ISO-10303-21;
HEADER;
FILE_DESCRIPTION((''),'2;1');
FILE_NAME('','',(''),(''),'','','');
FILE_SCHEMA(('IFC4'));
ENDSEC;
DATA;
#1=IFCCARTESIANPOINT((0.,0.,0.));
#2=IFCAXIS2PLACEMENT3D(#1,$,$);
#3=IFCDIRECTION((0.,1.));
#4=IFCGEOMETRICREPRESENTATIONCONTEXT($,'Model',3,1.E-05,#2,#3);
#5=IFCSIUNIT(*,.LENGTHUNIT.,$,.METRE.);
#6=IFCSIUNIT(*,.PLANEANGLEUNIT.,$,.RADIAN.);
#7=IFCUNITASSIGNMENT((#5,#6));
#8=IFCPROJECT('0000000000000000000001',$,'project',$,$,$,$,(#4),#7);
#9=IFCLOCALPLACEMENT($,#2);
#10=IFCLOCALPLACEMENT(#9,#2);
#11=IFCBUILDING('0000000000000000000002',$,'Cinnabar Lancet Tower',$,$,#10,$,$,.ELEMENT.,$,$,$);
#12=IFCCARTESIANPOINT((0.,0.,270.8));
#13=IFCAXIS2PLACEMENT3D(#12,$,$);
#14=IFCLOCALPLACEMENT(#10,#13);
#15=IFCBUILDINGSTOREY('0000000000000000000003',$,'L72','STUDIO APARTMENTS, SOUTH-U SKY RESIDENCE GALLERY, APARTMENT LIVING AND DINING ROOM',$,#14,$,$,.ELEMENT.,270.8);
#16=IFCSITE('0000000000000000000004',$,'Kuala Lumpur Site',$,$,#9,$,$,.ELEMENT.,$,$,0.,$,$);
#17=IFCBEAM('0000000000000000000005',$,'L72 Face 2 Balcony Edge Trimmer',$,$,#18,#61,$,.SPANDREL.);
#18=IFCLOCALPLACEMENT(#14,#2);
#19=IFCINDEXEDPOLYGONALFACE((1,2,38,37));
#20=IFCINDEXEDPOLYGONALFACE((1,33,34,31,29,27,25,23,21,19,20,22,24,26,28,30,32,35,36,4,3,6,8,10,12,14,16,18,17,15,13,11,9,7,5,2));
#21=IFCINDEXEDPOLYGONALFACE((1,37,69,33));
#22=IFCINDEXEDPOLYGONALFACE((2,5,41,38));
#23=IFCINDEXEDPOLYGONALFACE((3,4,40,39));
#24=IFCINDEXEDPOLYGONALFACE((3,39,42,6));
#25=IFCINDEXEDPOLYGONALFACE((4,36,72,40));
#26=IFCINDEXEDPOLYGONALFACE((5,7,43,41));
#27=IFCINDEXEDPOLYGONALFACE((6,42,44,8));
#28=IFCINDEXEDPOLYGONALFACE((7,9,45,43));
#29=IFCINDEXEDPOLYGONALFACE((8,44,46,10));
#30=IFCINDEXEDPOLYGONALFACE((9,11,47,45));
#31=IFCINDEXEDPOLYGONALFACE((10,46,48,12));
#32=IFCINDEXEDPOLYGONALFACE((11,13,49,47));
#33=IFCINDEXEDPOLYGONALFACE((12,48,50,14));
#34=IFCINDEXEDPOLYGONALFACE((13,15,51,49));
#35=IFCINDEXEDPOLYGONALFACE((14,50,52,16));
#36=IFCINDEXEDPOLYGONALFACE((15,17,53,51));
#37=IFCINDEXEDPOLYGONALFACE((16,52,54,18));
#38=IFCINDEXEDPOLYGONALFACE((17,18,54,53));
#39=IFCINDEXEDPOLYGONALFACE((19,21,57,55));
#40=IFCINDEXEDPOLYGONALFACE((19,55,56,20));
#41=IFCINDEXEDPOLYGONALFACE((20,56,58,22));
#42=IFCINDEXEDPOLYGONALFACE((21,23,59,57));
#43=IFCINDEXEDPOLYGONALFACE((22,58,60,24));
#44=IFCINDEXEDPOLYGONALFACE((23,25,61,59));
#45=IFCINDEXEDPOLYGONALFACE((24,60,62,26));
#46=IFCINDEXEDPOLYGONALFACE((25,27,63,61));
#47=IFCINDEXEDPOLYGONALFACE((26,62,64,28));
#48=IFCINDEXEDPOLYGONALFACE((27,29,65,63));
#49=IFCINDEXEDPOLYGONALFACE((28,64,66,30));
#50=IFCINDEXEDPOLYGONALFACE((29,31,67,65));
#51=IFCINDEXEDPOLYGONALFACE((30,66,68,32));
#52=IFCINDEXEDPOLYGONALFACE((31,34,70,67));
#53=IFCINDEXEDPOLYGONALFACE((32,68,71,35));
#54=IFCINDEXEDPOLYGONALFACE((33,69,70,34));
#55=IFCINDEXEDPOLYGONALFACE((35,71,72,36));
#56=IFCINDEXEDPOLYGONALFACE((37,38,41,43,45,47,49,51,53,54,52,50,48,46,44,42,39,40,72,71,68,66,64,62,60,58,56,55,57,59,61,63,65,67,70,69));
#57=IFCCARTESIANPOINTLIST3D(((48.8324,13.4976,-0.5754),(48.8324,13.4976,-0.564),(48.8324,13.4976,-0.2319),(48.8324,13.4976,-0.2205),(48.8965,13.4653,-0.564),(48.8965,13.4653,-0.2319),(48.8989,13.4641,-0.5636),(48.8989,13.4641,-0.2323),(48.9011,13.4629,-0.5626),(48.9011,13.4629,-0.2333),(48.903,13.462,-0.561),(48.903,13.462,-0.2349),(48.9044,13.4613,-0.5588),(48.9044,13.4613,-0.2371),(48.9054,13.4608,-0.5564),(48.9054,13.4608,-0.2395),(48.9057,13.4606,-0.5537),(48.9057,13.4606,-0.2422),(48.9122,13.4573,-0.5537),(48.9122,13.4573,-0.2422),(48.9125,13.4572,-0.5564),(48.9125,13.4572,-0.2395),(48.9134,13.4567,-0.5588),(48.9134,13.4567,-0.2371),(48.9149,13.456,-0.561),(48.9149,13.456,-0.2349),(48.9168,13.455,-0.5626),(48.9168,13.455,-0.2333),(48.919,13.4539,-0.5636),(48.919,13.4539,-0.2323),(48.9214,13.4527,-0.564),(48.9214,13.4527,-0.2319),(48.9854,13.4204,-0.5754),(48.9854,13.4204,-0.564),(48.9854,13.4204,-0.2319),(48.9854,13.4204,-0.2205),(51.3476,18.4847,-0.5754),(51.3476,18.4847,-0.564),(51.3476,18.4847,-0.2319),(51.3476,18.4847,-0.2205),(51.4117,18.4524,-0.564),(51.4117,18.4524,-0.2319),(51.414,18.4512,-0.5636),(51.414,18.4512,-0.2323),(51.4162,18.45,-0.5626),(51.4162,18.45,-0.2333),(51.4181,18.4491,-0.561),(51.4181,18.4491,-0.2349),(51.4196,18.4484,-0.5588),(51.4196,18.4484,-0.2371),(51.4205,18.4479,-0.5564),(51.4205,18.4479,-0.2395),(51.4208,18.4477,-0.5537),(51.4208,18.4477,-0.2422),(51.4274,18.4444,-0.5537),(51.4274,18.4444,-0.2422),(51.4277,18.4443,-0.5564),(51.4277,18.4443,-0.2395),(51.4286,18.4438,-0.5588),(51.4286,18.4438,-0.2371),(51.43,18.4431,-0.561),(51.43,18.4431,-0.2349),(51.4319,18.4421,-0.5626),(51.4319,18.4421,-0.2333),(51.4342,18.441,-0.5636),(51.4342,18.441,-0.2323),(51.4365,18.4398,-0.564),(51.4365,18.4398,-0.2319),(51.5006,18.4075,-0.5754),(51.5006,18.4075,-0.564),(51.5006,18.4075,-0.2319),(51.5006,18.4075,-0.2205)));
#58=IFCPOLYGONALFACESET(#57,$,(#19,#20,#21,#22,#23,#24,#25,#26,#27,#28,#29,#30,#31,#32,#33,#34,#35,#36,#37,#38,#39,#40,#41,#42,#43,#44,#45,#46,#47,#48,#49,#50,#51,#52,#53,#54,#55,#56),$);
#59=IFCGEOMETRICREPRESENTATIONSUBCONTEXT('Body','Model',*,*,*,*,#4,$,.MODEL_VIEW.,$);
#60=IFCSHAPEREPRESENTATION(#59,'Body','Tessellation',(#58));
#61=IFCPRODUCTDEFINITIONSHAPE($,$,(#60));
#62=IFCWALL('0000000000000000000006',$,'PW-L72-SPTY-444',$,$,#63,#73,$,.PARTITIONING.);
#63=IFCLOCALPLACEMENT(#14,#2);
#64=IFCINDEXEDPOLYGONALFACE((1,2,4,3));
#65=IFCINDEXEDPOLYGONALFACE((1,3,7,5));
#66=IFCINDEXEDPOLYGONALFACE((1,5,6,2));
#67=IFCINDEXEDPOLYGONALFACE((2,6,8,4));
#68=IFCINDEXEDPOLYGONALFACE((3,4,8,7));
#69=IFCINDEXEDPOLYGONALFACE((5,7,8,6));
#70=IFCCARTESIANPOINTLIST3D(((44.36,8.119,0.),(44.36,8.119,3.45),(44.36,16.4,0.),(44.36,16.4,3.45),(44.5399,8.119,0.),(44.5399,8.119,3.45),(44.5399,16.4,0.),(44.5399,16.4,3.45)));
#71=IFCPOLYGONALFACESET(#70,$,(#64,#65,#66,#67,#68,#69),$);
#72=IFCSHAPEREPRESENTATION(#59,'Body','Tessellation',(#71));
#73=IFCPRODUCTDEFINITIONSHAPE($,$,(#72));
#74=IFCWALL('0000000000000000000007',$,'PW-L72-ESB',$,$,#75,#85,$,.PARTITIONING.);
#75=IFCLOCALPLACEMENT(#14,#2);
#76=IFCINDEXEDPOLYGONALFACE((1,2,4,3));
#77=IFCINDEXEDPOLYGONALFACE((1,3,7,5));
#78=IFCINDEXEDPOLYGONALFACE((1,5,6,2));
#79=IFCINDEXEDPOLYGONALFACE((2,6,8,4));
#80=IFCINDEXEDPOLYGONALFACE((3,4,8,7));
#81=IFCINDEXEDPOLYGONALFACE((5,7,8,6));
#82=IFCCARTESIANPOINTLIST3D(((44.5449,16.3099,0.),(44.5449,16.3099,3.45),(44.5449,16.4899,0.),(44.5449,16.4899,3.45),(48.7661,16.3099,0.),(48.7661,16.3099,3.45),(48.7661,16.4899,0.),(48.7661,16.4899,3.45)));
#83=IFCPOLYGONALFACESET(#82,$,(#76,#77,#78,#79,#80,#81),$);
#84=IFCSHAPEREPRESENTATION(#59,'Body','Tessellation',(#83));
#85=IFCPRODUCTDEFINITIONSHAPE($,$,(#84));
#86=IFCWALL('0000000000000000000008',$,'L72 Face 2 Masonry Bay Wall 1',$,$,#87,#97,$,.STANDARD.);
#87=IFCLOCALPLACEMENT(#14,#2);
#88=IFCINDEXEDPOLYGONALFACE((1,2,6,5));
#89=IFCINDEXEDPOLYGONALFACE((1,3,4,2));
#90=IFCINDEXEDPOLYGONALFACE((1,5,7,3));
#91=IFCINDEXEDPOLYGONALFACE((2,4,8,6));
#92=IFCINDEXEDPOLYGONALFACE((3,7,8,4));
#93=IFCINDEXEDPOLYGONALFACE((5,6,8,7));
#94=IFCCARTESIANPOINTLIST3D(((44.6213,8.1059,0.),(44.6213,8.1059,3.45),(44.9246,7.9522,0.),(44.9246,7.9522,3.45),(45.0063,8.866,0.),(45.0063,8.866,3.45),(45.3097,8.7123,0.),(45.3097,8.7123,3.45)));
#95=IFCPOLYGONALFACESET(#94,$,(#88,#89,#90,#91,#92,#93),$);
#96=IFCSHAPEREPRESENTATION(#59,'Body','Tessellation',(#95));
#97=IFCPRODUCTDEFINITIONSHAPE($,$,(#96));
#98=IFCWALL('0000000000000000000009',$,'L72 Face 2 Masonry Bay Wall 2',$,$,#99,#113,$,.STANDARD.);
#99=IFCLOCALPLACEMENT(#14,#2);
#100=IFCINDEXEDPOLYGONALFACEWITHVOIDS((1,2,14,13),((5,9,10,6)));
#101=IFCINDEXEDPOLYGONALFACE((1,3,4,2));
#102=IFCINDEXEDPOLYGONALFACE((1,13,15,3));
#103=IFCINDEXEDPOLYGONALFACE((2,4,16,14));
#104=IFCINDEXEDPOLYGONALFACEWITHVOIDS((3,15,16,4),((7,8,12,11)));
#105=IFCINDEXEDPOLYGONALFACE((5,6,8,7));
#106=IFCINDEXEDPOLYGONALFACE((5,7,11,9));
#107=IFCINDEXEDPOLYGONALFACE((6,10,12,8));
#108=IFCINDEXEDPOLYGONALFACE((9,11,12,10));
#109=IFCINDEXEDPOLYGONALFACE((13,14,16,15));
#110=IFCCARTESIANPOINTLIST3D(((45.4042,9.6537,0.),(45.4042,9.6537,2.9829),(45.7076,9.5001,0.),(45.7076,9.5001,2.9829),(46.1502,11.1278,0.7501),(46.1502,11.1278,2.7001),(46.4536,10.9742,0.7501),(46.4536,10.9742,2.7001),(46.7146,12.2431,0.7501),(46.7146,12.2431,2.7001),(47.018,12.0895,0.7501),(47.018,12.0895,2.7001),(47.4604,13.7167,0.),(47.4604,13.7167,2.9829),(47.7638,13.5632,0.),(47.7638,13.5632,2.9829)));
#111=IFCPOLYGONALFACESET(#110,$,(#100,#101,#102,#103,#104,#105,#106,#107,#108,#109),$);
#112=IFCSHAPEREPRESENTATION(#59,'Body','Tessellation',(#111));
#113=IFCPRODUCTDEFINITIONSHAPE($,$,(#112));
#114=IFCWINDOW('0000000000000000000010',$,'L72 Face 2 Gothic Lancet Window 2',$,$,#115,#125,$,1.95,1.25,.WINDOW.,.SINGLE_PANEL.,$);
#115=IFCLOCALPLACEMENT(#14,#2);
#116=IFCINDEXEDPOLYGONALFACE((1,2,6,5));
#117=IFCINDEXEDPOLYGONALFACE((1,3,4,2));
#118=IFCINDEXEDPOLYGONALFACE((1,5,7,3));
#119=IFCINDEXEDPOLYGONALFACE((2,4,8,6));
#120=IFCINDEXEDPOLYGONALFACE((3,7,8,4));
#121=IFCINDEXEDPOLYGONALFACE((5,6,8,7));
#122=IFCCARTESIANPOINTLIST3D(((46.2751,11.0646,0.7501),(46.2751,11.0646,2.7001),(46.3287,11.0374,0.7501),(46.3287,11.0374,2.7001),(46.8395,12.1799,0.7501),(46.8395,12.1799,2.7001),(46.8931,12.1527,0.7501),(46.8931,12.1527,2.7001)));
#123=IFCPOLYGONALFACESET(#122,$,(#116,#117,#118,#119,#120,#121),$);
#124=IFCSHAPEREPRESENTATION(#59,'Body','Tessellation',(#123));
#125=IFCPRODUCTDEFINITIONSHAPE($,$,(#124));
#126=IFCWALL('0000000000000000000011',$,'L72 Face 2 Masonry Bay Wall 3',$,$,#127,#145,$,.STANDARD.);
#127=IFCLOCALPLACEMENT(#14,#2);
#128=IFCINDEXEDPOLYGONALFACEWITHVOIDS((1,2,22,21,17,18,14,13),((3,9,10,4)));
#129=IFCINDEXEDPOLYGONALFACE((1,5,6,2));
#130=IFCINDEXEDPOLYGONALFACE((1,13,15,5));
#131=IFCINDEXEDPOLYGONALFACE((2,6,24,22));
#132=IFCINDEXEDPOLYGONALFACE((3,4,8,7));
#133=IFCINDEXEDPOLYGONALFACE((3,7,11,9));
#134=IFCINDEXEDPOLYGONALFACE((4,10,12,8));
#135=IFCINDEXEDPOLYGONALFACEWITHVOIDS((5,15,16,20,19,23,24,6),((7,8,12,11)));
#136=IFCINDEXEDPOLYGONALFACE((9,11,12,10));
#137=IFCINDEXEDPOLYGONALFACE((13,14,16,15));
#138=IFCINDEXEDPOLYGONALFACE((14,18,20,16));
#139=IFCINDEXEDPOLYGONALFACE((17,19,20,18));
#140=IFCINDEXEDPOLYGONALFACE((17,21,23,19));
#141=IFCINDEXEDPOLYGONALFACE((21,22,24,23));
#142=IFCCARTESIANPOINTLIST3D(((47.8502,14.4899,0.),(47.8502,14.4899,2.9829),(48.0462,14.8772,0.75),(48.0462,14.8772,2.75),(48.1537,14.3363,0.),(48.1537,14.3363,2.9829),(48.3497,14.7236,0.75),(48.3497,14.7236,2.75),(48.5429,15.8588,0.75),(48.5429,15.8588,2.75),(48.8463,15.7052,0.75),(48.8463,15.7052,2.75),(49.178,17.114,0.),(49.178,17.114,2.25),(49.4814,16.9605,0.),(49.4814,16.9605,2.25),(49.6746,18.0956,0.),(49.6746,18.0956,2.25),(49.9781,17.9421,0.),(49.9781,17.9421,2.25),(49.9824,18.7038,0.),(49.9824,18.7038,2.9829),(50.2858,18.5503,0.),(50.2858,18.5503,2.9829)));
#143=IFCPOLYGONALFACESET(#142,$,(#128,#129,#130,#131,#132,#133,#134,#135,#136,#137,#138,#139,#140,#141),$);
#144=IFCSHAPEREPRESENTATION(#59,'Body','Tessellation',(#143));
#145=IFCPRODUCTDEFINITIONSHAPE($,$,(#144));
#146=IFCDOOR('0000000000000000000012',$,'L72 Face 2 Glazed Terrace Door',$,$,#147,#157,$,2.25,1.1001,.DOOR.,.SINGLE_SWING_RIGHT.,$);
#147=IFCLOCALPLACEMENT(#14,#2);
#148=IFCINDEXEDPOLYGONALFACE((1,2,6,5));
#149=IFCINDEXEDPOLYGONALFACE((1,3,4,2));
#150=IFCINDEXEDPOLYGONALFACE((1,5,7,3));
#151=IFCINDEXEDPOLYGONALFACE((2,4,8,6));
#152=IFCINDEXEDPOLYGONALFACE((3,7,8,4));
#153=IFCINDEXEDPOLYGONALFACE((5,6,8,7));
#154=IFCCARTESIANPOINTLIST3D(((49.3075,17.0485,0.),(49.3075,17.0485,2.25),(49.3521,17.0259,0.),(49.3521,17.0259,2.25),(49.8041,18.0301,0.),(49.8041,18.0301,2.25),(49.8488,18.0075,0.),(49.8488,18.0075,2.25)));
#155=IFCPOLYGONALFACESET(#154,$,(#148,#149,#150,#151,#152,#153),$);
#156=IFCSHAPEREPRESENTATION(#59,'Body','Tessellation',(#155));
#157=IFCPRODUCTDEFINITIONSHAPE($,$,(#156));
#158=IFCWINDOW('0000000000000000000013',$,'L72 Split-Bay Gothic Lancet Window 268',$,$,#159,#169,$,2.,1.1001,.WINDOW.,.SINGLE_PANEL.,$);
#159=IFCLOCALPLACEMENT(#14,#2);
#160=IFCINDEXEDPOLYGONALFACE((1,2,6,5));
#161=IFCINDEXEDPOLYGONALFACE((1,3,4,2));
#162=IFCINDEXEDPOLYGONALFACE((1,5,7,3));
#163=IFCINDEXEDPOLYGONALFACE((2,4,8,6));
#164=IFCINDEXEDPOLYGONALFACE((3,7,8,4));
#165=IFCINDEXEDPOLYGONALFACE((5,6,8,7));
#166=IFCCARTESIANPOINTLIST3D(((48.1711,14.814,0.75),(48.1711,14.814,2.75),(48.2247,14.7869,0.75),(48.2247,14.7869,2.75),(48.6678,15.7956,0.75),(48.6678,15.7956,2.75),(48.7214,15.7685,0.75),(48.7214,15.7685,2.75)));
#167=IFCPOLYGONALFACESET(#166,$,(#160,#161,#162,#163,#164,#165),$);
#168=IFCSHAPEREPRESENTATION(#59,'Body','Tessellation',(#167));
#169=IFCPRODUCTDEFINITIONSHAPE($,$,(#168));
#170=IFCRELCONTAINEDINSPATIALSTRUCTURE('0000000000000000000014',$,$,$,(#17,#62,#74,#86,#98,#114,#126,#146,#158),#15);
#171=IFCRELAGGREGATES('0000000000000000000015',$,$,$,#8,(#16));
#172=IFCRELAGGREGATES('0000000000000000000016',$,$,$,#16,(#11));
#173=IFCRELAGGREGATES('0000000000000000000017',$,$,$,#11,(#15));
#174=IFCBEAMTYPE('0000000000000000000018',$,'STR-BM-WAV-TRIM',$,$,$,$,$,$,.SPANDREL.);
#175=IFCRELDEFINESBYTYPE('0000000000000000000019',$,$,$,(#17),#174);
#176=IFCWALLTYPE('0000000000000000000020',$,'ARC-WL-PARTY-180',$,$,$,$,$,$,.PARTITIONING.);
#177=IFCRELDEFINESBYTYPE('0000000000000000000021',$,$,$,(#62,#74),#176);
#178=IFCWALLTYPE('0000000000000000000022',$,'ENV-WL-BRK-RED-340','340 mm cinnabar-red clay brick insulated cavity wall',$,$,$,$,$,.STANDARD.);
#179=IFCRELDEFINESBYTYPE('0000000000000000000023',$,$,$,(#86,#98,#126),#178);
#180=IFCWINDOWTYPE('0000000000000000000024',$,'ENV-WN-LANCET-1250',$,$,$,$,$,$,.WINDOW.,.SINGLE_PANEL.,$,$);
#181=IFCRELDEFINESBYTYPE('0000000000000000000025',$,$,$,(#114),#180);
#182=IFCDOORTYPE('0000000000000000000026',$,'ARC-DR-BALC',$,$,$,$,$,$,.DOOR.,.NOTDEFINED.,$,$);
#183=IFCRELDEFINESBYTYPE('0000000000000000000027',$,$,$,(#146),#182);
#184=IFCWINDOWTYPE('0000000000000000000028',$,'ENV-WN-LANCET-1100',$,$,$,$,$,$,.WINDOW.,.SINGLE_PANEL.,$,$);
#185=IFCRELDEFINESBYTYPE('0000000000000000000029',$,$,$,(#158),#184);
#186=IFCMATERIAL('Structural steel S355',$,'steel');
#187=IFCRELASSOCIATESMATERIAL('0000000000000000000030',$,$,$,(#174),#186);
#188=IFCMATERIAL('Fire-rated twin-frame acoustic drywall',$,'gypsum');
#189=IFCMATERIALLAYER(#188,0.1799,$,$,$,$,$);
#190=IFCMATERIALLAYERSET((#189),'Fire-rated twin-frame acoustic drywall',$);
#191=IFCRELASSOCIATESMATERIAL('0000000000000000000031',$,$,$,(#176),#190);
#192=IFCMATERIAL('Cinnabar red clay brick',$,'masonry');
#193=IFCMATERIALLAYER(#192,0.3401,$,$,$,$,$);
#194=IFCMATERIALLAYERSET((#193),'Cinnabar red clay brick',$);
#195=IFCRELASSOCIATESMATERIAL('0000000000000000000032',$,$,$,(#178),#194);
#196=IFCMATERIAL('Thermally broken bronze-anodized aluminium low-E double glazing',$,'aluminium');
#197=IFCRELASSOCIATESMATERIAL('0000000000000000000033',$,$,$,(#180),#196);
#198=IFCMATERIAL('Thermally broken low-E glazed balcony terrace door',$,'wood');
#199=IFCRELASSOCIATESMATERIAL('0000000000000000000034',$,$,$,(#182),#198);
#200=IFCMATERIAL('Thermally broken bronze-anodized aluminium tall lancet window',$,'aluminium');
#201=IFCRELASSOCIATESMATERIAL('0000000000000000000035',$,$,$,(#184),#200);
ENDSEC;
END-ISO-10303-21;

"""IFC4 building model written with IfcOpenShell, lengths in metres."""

from ifc_helpers import new_model, si_unit, direction, frame, frame_2d, origin, origin_2d, place, context, subcontext, project, spatial, rectangle, i_section, extrude, material, layer, layer_set, material_profile, profile_set, type_object, element, fill, save


model = new_model("IFC4")

# Units and contexts
model_context = context("Model", 3, precision=1e-05, world=origin(), true_north=direction((0.0, 1.0)))
body_context = subcontext(model_context, "Body", "Model", "MODEL_VIEW")
ifc_project = project(units=[si_unit("LENGTHUNIT", "METRE"), si_unit("PLANEANGLEUNIT", "RADIAN")], contexts=[model_context])

# Site, building, storey
site_placement = place(None, origin())
site = spatial("IfcSite", under=ifc_project, at=site_placement, Name="Kuala Lumpur Site", CompositionType="ELEMENT", RefElevation=0.0)
building_placement = place(site_placement, origin())
building = spatial("IfcBuilding", under=site, at=building_placement, Name="Cinnabar Lancet Tower", CompositionType="ELEMENT")
storey_placement = place(building_placement, frame((0.0, 0.0, 270.8)))
storey = spatial("IfcBuildingStorey", under=building, at=storey_placement, Name="L72", Description="STUDIO APARTMENTS, SOUTH-U SKY RESIDENCE GALLERY, APARTMENT LIVING AND DINING ROOM", CompositionType="ELEMENT", Elevation=270.8)

# Beam
ifc_material_1 = material(Name="Structural steel S355", Category="steel")
ifc_material_profile_1 = material_profile(ifc_material_1, i_section(OverallWidth=0.1714, OverallDepth=0.355, WebThickness=0.0073, FlangeThickness=0.0115, FilletRadius=0.0103, at=origin_2d()), Name="UKB 356x171x51")
ifc_profile_set_1 = profile_set([ifc_material_profile_1], Name="Structural steel S355")
beam_type_1 = type_object("IfcBeamType", Name="STR-BM-WAV-TRIM", PredefinedType="SPANDREL", material=ifc_profile_set_1)
beam_1_placement = place(storey_placement, frame((48.9089, 13.459, -0.3979), z_axis=(0.450306, 0.892874, 0.0), x_axis=(-0.892874, 0.450306, 0.0)))
element("IfcBeam", 1, at=beam_1_placement, inside=storey, type_object=beam_type_1, Name="L72 Face 2 Balcony Edge Trimmer", PredefinedType="SPANDREL", context=body_context, shape_type="SweptSolid", body=[
    extrude(i_section(OverallWidth=0.1714, OverallDepth=0.355, WebThickness=0.0073, FlangeThickness=0.0115, FilletRadius=0.0103, at=origin_2d()), origin(), (0.0, 0.0, 1.0), 5.5854),
])

# Walls
ifc_material_2 = material(Name="Fire-rated twin-frame acoustic drywall", Category="gypsum")
ifc_layer_1 = layer(ifc_material_2, 0.1799)
ifc_layer_set_1 = layer_set([ifc_layer_1], Name="Fire-rated twin-frame acoustic drywall")
wall_type_1 = type_object("IfcWallType", Name="ARC-WL-PARTY-180", PredefinedType="PARTITIONING", material=ifc_layer_set_1)
wall_1_placement = place(storey_placement, frame((44.45, 8.1189, 0.0), z_axis=(0.0, 0.0, 1.0), x_axis=(0.0, 1.0, 0.0)))
element("IfcWall", 2, at=wall_1_placement, inside=storey, type_object=wall_type_1, Name="PW-L72-SPTY-444", PredefinedType="PARTITIONING", context=body_context, shape_type="SweptSolid", body=[
    extrude(rectangle(XDim=8.281, YDim=0.1799, at=frame_2d((4.1406, 0.0))), origin(), (0.0, 0.0, 1.0), 3.45),
])
wall_2_placement = place(storey_placement, frame((44.5449, 16.3999, 0.0), z_axis=(0.0, 0.0, 1.0), x_axis=(1.0, 0.0, 0.0)))
element("IfcWall", 3, at=wall_2_placement, inside=storey, type_object=wall_type_1, Name="PW-L72-ESB", PredefinedType="PARTITIONING", context=body_context, shape_type="SweptSolid", body=[
    extrude(rectangle(XDim=4.2212, YDim=0.1799, at=frame_2d((2.1106, 0.0))), origin(), (0.0, 0.0, 1.0), 3.45),
])
ifc_material_3 = material(Name="Cinnabar red clay brick", Category="masonry")
ifc_layer_2 = layer(ifc_material_3, 0.3401)
ifc_layer_set_2 = layer_set([ifc_layer_2], Name="Cinnabar red clay brick")
wall_type_2 = type_object("IfcWallType", Name="ENV-WL-BRK-RED-340", Description="340 mm cinnabar-red clay brick insulated cavity wall", PredefinedType="STANDARD", material=ifc_layer_set_2)
wall_3_placement = place(storey_placement, frame((44.7729, 8.0291, 0.0), z_axis=(0.0, 0.0, 1.0), x_axis=(0.451907, 0.892065, 0.0)))
element("IfcWall", 4, at=wall_3_placement, inside=storey, type_object=wall_type_2, Name="L72 Face 2 Masonry Bay Wall 1", PredefinedType="STANDARD", context=body_context, shape_type="SweptSolid", body=[
    extrude(rectangle(XDim=0.8521, YDim=0.3401, at=frame_2d((0.426, 0.0))), origin(), (0.0, 0.0, 1.0), 3.45),
])

# Wall, opening, window
wall_4_placement = place(storey_placement, frame((45.5559, 9.5769, 0.0), z_axis=(0.0, 0.0, 1.0), x_axis=(0.45154, 0.892251, 0.0)))
wall_4 = element("IfcWall", 5, at=wall_4_placement, inside=storey, type_object=wall_type_2, Name="L72 Face 2 Masonry Bay Wall 2", PredefinedType="STANDARD", context=body_context, shape_type="SweptSolid", body=[
    extrude(rectangle(XDim=4.5537, YDim=0.3401, at=frame_2d((2.2769, 0.0))), origin(), (0.0, 0.0, 1.0), 2.9829),
])
opening_1_placement = place(wall_4_placement, frame((1.6521, 0.0, 0.75)))
opening_1 = element("IfcOpeningElement", 6, at=opening_1_placement, cuts=wall_4, PredefinedType="OPENING", context=body_context, shape_type="SweptSolid", body=[
    extrude(rectangle(XDim=1.25, YDim=1.95, at=frame_2d((0.625, 0.9751))), frame((0.0, 0.1799, 0.0), z_axis=(0.0, -1.0, 0.0), x_axis=(1.0, 0.0, 0.0)), (0.0, 0.0, 1.0), 0.3601),
])
ifc_material_4 = material(Name="Thermally broken bronze-anodized aluminium low-E double glazing", Category="aluminium")
window_type_1 = type_object("IfcWindowType", Name="ENV-WN-LANCET-1250", PartitioningType="SINGLE_PANEL", PredefinedType="WINDOW", material=ifc_material_4)
window_1_placement = place(opening_1_placement, origin())
window_1 = element("IfcWindow", 7, at=window_1_placement, inside=storey, type_object=window_type_1, Name="L72 Face 2 Gothic Lancet Window 2", OverallHeight=1.95, OverallWidth=1.25, PartitioningType="SINGLE_PANEL", PredefinedType="WINDOW", context=body_context, shape_type="SweptSolid", body=[
    extrude(rectangle(XDim=1.25, YDim=1.95, at=frame_2d((0.625, 0.9751))), frame((0.0, 0.03, 0.0), z_axis=(0.0, -1.0, 0.0), x_axis=(1.0, 0.0, 0.0)), (0.0, 0.0, 1.0), 0.0601),
])
fill(opening_1, window_1)

# Wall, openings, door, window
wall_5_placement = place(storey_placement, frame((48.002, 14.4131, 0.0), z_axis=(0.0, 0.0, 1.0), x_axis=(0.451468, 0.892287, 0.0)))
wall_5 = element("IfcWall", 8, at=wall_5_placement, inside=storey, type_object=wall_type_2, Name="L72 Face 2 Masonry Bay Wall 3", PredefinedType="STANDARD", context=body_context, shape_type="SweptSolid", body=[
    extrude(rectangle(XDim=4.7227, YDim=0.3401, at=frame_2d((2.3613, 0.0))), origin(), (0.0, 0.0, 1.0), 2.9829),
])
opening_2_placement = place(wall_5_placement, frame((2.9409, 0.0, 0.0)))
opening_2 = element("IfcOpeningElement", 9, at=opening_2_placement, cuts=wall_5, PredefinedType="OPENING", context=body_context, shape_type="SweptSolid", body=[
    extrude(rectangle(XDim=1.1001, YDim=2.25, at=frame_2d((0.55, 1.125))), frame((0.0, 0.1799, 0.0), z_axis=(0.0, -1.0, 0.0), x_axis=(1.0, 0.0, 0.0)), (0.0, 0.0, 1.0), 0.3601),
])
opening_3_placement = place(wall_5_placement, frame((0.4341, 0.0, 0.75)))
opening_3 = element("IfcOpeningElement", 10, at=opening_3_placement, cuts=wall_5, PredefinedType="OPENING", context=body_context, shape_type="SweptSolid", body=[
    extrude(rectangle(XDim=1.1001, YDim=2.0, at=frame_2d((0.55, 1.0))), frame((0.0, 0.1799, 0.0), z_axis=(0.0, -1.0, 0.0), x_axis=(1.0, 0.0, 0.0)), (0.0, 0.0, 1.0), 0.3601),
])
ifc_material_5 = material(Name="Thermally broken low-E glazed balcony terrace door", Category="wood")
door_type = type_object("IfcDoorType", Name="ARC-DR-BALC", OperationType="NOTDEFINED", PredefinedType="DOOR", material=ifc_material_5)
door_placement = place(opening_2_placement, origin())
door = element("IfcDoor", 11, at=door_placement, inside=storey, type_object=door_type, Name="L72 Face 2 Glazed Terrace Door", OperationType="SINGLE_SWING_RIGHT", OverallHeight=2.25, OverallWidth=1.1001, PredefinedType="DOOR", context=body_context, shape_type="SweptSolid", body=[
    extrude(rectangle(XDim=1.1001, YDim=2.25, at=frame_2d((0.55, 1.125))), frame((0.0, 0.0249, 0.0), z_axis=(0.0, -1.0, 0.0), x_axis=(1.0, 0.0, 0.0)), (0.0, 0.0, 1.0), 0.05),
])
fill(opening_2, door)
ifc_material_6 = material(Name="Thermally broken bronze-anodized aluminium tall lancet window", Category="aluminium")
window_type_2 = type_object("IfcWindowType", Name="ENV-WN-LANCET-1100", PartitioningType="SINGLE_PANEL", PredefinedType="WINDOW", material=ifc_material_6)
window_2_placement = place(opening_3_placement, origin())
window_2 = element("IfcWindow", 12, at=window_2_placement, inside=storey, type_object=window_type_2, Name="L72 Split-Bay Gothic Lancet Window 268", OverallHeight=2.0, OverallWidth=1.1001, PartitioningType="SINGLE_PANEL", PredefinedType="WINDOW", context=body_context, shape_type="SweptSolid", body=[
    extrude(rectangle(XDim=1.1001, YDim=2.0, at=frame_2d((0.55, 1.0))), frame((0.0, 0.03, 0.0), z_axis=(0.0, -1.0, 0.0), x_axis=(1.0, 0.0, 0.0)), (0.0, 0.0, 1.0), 0.0601),
])
fill(opening_3, window_2)

save(model, "model.ifc")
